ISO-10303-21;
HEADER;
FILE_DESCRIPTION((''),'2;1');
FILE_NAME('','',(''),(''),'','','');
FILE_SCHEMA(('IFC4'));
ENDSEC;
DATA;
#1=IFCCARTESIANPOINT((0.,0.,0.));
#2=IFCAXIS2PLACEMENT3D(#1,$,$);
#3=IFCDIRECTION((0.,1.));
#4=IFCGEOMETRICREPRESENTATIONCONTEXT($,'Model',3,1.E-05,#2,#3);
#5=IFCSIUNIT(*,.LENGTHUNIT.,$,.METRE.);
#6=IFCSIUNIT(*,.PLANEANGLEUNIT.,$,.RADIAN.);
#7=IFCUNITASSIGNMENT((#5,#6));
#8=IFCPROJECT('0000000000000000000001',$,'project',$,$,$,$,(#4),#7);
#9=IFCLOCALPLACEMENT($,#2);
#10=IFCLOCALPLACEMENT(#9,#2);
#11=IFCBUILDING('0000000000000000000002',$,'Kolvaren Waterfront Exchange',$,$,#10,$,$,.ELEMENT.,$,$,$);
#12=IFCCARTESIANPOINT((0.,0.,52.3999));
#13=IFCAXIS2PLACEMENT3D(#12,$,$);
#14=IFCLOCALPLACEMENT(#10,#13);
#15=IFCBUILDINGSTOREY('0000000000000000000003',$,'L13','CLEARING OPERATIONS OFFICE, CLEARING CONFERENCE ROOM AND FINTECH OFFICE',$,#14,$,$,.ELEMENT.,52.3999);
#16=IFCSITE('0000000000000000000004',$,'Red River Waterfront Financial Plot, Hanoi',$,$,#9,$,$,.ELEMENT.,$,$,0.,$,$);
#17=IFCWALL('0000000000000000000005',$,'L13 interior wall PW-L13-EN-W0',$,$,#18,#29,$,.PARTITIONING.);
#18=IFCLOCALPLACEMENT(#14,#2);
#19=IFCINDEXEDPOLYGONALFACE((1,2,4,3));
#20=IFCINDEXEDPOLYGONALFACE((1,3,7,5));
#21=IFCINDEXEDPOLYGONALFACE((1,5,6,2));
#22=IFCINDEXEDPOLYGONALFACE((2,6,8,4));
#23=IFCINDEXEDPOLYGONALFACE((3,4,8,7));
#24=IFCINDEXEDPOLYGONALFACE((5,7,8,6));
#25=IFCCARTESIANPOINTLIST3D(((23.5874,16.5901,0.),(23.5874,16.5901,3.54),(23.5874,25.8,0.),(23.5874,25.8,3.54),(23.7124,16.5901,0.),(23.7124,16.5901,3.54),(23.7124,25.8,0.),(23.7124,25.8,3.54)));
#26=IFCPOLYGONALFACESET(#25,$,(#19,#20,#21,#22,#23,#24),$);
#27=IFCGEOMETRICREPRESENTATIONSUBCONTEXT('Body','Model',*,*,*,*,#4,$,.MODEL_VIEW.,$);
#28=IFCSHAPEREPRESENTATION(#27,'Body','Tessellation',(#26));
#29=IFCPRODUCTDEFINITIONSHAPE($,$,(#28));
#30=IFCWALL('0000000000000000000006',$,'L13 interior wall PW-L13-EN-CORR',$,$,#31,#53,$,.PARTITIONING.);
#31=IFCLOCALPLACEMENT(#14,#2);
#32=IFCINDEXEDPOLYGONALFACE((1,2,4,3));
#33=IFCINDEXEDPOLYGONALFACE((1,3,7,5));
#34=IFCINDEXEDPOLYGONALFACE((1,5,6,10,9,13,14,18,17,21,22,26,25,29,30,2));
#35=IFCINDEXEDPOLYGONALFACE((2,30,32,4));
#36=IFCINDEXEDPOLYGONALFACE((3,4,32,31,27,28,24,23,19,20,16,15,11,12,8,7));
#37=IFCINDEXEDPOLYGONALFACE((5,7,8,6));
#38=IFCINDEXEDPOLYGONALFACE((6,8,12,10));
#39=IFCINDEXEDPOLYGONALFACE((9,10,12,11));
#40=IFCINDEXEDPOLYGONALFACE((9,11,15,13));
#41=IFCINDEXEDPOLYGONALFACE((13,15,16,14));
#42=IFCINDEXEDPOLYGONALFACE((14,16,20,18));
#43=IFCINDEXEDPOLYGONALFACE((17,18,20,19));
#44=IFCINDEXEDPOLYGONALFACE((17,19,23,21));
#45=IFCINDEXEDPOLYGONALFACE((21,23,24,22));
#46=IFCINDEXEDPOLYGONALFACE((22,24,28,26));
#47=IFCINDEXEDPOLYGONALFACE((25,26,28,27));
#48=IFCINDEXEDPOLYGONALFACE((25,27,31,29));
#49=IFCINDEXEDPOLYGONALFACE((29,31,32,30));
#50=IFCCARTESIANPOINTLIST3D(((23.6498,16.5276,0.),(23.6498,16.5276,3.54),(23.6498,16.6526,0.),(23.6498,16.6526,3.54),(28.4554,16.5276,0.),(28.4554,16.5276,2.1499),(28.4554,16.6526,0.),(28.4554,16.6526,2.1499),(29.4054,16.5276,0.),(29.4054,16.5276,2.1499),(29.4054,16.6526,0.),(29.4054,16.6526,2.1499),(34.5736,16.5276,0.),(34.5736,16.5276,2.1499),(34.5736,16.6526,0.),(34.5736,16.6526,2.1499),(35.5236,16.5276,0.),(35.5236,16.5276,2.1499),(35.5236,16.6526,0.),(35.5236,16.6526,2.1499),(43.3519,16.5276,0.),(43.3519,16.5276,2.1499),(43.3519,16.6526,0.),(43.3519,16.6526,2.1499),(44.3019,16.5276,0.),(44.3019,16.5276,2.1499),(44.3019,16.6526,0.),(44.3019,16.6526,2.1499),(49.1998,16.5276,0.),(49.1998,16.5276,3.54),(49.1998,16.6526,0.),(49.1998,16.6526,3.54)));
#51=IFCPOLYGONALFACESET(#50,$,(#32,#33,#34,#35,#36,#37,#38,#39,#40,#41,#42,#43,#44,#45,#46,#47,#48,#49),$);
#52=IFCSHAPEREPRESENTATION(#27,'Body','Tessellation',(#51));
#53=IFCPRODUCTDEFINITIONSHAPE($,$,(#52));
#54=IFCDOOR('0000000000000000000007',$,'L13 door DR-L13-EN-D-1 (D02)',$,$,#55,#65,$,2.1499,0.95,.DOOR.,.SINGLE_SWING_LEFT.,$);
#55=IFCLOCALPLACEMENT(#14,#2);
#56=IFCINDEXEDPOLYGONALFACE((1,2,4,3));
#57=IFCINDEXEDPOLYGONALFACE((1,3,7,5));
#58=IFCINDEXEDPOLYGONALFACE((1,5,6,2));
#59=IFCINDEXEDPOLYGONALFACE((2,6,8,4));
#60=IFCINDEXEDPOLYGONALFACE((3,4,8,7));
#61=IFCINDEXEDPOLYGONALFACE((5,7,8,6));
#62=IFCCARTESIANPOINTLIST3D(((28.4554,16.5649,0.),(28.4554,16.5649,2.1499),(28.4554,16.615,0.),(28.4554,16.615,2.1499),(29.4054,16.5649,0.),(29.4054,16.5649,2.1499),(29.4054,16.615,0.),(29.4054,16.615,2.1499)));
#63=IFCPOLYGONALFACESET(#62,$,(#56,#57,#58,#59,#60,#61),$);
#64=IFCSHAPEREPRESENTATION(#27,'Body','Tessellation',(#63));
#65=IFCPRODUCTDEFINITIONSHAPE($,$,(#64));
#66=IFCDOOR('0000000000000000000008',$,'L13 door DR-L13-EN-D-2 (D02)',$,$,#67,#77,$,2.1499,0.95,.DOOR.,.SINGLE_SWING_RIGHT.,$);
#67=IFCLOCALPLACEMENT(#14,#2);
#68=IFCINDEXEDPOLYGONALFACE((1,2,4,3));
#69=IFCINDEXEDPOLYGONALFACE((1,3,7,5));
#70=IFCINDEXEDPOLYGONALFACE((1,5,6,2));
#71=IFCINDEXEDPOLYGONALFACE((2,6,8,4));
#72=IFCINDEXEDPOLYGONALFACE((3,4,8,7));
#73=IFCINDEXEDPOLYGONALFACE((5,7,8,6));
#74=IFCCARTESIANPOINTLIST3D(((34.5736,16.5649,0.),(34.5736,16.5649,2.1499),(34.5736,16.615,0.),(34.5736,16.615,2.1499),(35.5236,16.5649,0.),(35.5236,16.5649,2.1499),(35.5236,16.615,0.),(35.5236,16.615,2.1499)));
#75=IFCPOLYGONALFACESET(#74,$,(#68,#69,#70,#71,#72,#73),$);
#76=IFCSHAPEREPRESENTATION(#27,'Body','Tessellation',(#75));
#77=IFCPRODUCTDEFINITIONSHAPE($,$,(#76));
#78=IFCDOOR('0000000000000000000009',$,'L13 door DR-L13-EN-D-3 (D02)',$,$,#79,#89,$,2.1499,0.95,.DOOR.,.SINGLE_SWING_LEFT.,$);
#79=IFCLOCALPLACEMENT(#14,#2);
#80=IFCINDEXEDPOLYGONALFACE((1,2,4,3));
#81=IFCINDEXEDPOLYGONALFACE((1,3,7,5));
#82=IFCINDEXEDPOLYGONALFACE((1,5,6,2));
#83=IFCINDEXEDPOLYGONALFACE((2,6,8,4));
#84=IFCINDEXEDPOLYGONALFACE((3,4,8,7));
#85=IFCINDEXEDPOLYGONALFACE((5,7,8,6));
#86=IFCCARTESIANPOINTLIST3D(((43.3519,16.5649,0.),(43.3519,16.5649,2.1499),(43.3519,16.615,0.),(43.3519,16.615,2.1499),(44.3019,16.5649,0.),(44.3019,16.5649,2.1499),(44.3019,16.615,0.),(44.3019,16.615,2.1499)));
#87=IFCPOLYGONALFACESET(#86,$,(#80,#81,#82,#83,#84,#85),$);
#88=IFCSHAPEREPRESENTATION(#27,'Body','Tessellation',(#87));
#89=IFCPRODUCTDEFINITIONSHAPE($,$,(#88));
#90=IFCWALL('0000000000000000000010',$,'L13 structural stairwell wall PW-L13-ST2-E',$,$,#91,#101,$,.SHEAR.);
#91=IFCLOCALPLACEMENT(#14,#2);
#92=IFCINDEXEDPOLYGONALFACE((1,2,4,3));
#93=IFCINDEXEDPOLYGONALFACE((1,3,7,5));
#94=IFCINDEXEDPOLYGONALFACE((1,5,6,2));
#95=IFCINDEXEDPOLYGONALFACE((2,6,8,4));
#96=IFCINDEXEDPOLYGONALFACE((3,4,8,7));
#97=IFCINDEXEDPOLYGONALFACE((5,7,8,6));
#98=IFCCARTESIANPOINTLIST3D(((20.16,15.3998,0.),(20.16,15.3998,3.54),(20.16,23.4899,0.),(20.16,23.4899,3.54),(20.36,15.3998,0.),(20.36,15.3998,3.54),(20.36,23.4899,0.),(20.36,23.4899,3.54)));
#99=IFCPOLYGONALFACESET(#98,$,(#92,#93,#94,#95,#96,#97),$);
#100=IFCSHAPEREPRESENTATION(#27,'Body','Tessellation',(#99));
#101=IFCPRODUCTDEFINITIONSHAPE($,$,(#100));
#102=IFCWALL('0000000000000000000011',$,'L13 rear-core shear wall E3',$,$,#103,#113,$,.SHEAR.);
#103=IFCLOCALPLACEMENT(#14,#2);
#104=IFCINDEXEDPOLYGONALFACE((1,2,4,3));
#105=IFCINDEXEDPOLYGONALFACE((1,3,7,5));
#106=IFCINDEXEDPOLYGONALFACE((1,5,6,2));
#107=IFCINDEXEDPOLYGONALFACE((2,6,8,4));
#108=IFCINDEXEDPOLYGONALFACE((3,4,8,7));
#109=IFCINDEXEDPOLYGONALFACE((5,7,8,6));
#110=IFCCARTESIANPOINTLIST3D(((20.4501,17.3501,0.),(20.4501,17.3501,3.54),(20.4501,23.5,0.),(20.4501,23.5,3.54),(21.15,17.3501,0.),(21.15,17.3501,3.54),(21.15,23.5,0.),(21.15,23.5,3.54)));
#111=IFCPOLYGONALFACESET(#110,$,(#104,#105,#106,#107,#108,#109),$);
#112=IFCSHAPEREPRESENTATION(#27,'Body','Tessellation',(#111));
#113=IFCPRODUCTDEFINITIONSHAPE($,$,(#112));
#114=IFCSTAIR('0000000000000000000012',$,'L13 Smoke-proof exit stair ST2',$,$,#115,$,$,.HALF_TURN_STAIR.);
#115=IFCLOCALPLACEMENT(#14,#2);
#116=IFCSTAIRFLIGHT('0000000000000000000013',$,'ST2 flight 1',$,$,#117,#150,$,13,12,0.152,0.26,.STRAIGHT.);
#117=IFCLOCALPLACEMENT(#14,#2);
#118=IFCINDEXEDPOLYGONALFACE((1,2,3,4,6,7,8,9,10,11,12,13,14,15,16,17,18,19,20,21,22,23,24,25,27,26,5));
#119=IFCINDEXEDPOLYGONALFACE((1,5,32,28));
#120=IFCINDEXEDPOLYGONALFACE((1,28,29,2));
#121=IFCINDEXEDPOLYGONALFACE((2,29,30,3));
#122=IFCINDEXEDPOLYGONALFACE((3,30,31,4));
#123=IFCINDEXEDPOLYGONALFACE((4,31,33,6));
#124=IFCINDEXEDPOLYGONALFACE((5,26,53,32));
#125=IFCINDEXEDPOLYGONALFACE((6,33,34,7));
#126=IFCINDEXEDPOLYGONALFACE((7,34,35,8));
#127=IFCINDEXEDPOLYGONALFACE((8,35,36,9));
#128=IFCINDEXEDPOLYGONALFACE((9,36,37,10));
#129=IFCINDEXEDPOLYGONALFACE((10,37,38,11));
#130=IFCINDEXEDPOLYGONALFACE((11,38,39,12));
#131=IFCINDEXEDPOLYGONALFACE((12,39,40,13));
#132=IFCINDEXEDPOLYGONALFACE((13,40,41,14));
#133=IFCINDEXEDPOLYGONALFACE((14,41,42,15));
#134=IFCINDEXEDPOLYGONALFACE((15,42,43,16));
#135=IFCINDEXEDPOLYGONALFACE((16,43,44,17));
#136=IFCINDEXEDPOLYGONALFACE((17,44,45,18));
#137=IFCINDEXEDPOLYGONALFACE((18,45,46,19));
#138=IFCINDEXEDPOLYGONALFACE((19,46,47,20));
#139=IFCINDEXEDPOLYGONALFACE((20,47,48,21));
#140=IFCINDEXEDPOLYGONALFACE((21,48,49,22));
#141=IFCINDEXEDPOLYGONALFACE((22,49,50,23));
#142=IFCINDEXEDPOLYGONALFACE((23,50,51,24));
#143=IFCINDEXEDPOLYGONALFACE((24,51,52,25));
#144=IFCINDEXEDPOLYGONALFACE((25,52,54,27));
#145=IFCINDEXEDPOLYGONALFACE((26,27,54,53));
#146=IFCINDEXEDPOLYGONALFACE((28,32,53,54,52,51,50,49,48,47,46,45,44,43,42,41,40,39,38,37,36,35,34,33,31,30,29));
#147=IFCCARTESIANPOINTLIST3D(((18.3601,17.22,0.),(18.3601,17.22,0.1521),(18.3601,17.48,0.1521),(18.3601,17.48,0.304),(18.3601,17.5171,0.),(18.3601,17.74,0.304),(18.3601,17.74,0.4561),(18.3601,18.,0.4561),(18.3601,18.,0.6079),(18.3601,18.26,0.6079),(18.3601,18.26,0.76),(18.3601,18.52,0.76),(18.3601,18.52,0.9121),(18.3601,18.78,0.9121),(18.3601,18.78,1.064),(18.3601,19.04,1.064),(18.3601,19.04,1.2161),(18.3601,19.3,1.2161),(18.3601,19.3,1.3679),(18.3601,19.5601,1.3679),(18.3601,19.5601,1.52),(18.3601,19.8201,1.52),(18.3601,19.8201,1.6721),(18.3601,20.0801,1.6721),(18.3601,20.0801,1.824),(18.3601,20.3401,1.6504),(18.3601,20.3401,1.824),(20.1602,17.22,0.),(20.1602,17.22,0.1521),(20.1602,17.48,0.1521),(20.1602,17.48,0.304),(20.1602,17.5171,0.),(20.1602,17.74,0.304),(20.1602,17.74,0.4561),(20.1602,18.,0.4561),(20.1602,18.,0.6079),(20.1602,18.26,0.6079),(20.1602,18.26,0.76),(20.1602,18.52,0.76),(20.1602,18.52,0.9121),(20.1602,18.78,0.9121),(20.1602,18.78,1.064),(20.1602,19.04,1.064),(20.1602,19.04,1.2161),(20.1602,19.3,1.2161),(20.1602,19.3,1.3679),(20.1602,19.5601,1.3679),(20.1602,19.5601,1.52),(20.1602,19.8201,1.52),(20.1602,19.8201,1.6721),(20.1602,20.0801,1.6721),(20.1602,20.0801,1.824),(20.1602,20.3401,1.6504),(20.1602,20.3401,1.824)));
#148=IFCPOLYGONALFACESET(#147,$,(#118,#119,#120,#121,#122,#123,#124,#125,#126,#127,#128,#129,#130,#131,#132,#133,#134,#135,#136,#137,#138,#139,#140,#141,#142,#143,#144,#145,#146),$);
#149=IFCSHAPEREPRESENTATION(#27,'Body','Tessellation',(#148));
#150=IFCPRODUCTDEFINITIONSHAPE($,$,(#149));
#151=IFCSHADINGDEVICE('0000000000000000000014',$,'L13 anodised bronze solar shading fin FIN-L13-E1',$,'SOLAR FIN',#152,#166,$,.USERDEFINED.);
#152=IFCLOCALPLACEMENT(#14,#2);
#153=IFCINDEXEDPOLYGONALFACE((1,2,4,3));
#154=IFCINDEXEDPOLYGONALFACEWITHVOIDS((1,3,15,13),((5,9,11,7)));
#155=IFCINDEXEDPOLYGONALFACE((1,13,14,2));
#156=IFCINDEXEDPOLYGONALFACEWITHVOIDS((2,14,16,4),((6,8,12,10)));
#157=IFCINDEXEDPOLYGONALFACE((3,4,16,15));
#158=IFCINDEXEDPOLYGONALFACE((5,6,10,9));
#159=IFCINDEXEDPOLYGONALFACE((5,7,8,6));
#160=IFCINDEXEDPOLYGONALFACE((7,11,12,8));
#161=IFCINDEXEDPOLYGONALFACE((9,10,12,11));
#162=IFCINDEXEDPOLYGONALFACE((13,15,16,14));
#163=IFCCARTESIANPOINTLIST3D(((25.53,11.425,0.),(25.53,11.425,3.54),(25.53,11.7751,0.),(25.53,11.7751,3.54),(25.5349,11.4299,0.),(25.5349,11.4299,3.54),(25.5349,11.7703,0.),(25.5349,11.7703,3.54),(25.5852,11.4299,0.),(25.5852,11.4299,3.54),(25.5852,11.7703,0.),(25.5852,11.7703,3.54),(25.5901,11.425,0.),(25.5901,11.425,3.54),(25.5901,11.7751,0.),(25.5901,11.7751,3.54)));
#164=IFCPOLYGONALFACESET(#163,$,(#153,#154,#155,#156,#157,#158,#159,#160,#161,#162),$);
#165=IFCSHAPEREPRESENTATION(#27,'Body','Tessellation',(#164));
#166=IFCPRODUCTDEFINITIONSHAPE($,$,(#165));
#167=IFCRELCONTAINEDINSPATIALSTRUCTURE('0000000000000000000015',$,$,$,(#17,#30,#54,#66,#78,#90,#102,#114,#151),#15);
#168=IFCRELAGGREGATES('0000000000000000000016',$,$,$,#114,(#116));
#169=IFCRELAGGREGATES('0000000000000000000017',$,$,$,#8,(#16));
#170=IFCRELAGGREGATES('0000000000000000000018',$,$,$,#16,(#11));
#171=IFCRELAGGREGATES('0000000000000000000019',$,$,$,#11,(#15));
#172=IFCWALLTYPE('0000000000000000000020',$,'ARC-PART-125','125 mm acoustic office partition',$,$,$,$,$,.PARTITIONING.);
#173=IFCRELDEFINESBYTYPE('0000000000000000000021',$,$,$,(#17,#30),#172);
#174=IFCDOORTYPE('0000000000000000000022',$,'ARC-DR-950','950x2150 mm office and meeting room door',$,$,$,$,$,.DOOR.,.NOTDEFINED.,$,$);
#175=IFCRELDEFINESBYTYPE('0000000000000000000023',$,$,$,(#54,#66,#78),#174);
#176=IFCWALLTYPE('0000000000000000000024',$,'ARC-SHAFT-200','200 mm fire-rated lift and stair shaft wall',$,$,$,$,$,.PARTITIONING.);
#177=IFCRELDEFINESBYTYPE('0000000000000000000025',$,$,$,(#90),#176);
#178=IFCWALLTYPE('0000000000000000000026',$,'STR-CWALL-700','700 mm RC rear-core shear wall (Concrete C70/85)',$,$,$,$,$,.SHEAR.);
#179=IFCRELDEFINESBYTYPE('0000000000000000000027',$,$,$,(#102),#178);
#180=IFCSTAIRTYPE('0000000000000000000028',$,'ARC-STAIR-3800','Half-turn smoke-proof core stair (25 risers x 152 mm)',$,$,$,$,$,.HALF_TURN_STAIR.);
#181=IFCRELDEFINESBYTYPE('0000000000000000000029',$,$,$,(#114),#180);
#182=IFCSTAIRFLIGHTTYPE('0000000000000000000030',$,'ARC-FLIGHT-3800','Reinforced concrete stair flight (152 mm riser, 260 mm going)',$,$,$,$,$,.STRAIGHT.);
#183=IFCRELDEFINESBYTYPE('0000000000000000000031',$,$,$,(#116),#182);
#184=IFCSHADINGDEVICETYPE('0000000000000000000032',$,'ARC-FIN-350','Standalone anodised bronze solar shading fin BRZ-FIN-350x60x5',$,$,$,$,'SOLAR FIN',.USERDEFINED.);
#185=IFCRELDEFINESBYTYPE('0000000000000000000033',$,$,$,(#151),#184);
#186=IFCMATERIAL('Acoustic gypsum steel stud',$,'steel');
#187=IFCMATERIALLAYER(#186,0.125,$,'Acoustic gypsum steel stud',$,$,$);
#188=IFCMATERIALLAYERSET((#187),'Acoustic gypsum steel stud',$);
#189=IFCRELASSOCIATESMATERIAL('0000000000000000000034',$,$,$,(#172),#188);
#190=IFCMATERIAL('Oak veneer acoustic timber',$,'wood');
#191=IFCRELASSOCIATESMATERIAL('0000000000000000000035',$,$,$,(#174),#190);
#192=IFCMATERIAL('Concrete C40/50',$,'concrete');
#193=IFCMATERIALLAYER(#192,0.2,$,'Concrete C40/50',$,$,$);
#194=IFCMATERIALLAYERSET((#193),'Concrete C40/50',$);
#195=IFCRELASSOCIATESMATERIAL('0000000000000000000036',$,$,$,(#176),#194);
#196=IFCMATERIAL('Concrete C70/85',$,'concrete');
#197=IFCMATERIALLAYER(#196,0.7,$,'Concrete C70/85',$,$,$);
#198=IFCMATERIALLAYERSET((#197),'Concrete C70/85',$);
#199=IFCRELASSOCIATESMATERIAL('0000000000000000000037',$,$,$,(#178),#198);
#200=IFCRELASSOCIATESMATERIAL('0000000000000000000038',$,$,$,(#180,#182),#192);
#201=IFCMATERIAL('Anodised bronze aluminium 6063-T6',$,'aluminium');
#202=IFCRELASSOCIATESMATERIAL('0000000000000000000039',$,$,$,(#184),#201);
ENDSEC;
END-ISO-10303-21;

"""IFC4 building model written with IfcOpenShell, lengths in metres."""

from ifc_helpers import new_model, si_unit, direction, frame, frame_2d, origin, origin_2d, place, context, subcontext, project, spatial, polyline, rectangle, hollow_rectangle, outline, extrude, material, layer, layer_set, material_profile, profile_set, type_object, element, fill, aggregate, save


model = new_model("IFC4")

# Units and contexts
model_context = context("Model", 3, precision=1e-05, world=origin(), true_north=direction((0.0, 1.0)))
body_context = subcontext(model_context, "Body", "Model", "MODEL_VIEW")
ifc_project = project(units=[si_unit("LENGTHUNIT", "METRE"), si_unit("PLANEANGLEUNIT", "RADIAN")], contexts=[model_context])

# Site, building, storey
site_placement = place(None, origin())
site = spatial("IfcSite", under=ifc_project, at=site_placement, Name="Red River Waterfront Financial Plot, Hanoi", CompositionType="ELEMENT", RefElevation=0.0)
building_placement = place(site_placement, origin())
building = spatial("IfcBuilding", under=site, at=building_placement, Name="Kolvaren Waterfront Exchange", CompositionType="ELEMENT")
storey_placement = place(building_placement, frame((0.0, 0.0, 52.3999)))
storey = spatial("IfcBuildingStorey", under=building, at=storey_placement, Name="L13", Description="CLEARING OPERATIONS OFFICE, CLEARING CONFERENCE ROOM AND FINTECH OFFICE", CompositionType="ELEMENT", Elevation=52.3999)

# Shared definitions
ifc_material_1 = material(Name="Concrete C70/85", Category="concrete")

# Shared definitions
ifc_material_2 = material(Name="Anodised bronze aluminium 6063-T6", Category="aluminium")

# Shared definitions
ifc_material_3 = material(Name="Acoustic gypsum steel stud", Category="steel")
ifc_layer_1 = layer(ifc_material_3, 0.125, Name="Acoustic gypsum steel stud")
ifc_layer_set_1 = layer_set([ifc_layer_1], Name="Acoustic gypsum steel stud")
wall_type_1 = type_object("IfcWallType", Name="ARC-PART-125", Description="125 mm acoustic office partition", PredefinedType="PARTITIONING", material=ifc_layer_set_1)
ifc_material_4 = material(Name="Oak veneer acoustic timber", Category="wood")
door_type = type_object("IfcDoorType", Name="ARC-DR-950", Description="950x2150 mm office and meeting room door", OperationType="NOTDEFINED", PredefinedType="DOOR", material=ifc_material_4)

# Wall
wall_1_placement = place(storey_placement, frame((23.6499, 16.5901, 0.0), z_axis=(0.0, 0.0, 1.0), x_axis=(0.0, 1.0, 0.0)))
element("IfcWall", 1, at=wall_1_placement, inside=storey, type_object=wall_type_1, Name="L13 interior wall PW-L13-EN-W0", PredefinedType="PARTITIONING", context=body_context, shape_type="SweptSolid", body=[
    extrude(rectangle(XDim=9.21, YDim=0.125, at=frame_2d((4.605, 0.0))), origin(), (0.0, 0.0, 1.0), 3.54),
])

# Wall, openings, doors
wall_2_placement = place(storey_placement, frame((23.6499, 16.5901, 0.0), z_axis=(0.0, 0.0, 1.0), x_axis=(1.0, 0.0, 0.0)))
wall_2 = element("IfcWall", 2, at=wall_2_placement, inside=storey, type_object=wall_type_1, Name="L13 interior wall PW-L13-EN-CORR", PredefinedType="PARTITIONING", context=body_context, shape_type="SweptSolid", body=[
    extrude(rectangle(XDim=25.55, YDim=0.125, at=frame_2d((12.7749, 0.0))), origin(), (0.0, 0.0, 1.0), 3.54),
])
opening_1_placement = place(wall_2_placement, frame((4.8054, 0.0, 0.0)))
opening_1 = element("IfcOpeningElement", 3, at=opening_1_placement, cuts=wall_2, PredefinedType="OPENING", context=body_context, shape_type="SweptSolid", body=[
    extrude(rectangle(XDim=0.95, YDim=2.1499, at=frame_2d((0.4751, 1.075))), frame((0.0, 0.0725, 0.0), z_axis=(0.0, -1.0, 0.0), x_axis=(1.0, 0.0, 0.0)), (0.0, 0.0, 1.0), 0.145),
])
opening_2_placement = place(wall_2_placement, frame((10.9236, 0.0, 0.0)))
opening_2 = element("IfcOpeningElement", 4, at=opening_2_placement, cuts=wall_2, PredefinedType="OPENING", context=body_context, shape_type="SweptSolid", body=[
    extrude(rectangle(XDim=0.95, YDim=2.1499, at=frame_2d((0.4751, 1.075))), frame((0.0, 0.0725, 0.0), z_axis=(0.0, -1.0, 0.0), x_axis=(1.0, 0.0, 0.0)), (0.0, 0.0, 1.0), 0.145),
])
opening_3_placement = place(wall_2_placement, frame((19.7019, 0.0, 0.0)))
opening_3 = element("IfcOpeningElement", 5, at=opening_3_placement, cuts=wall_2, PredefinedType="OPENING", context=body_context, shape_type="SweptSolid", body=[
    extrude(rectangle(XDim=0.95, YDim=2.1499, at=frame_2d((0.4751, 1.075))), frame((0.0, 0.0725, 0.0), z_axis=(0.0, -1.0, 0.0), x_axis=(1.0, 0.0, 0.0)), (0.0, 0.0, 1.0), 0.145),
])
door_1_placement = place(opening_1_placement, origin())
door_1 = element("IfcDoor", 6, at=door_1_placement, inside=storey, type_object=door_type, Name="L13 door DR-L13-EN-D-1 (D02)", OperationType="SINGLE_SWING_LEFT", OverallHeight=2.1499, OverallWidth=0.95, PredefinedType="DOOR", context=body_context, shape_type="SweptSolid", body=[
    extrude(rectangle(XDim=0.95, YDim=2.1499, at=frame_2d((0.4751, 1.075))), frame((0.0, 0.0249, 0.0), z_axis=(0.0, -1.0, 0.0), x_axis=(1.0, 0.0, 0.0)), (0.0, 0.0, 1.0), 0.05),
])
fill(opening_1, door_1)
door_2_placement = place(opening_2_placement, origin())
door_2 = element("IfcDoor", 7, at=door_2_placement, inside=storey, type_object=door_type, Name="L13 door DR-L13-EN-D-2 (D02)", OperationType="SINGLE_SWING_RIGHT", OverallHeight=2.1499, OverallWidth=0.95, PredefinedType="DOOR", context=body_context, shape_type="SweptSolid", body=[
    extrude(rectangle(XDim=0.95, YDim=2.1499, at=frame_2d((0.4751, 1.075))), frame((0.0, 0.0249, 0.0), z_axis=(0.0, -1.0, 0.0), x_axis=(1.0, 0.0, 0.0)), (0.0, 0.0, 1.0), 0.05),
])
fill(opening_2, door_2)
door_3_placement = place(opening_3_placement, origin())
door_3 = element("IfcDoor", 8, at=door_3_placement, inside=storey, type_object=door_type, Name="L13 door DR-L13-EN-D-3 (D02)", OperationType="SINGLE_SWING_LEFT", OverallHeight=2.1499, OverallWidth=0.95, PredefinedType="DOOR", context=body_context, shape_type="SweptSolid", body=[
    extrude(rectangle(XDim=0.95, YDim=2.1499, at=frame_2d((0.4751, 1.075))), frame((0.0, 0.0249, 0.0), z_axis=(0.0, -1.0, 0.0), x_axis=(1.0, 0.0, 0.0)), (0.0, 0.0, 1.0), 0.05),
])
fill(opening_3, door_3)

# Walls
ifc_material_5 = material(Name="Concrete C40/50", Category="concrete")
ifc_layer_2 = layer(ifc_material_5, 0.2, Name="Concrete C40/50")
ifc_layer_set_2 = layer_set([ifc_layer_2], Name="Concrete C40/50")
wall_type_2 = type_object("IfcWallType", Name="ARC-SHAFT-200", Description="200 mm fire-rated lift and stair shaft wall", PredefinedType="PARTITIONING", material=ifc_layer_set_2)
wall_3_placement = place(storey_placement, frame((20.26, 15.3999, 0.0), z_axis=(0.0, 0.0, 1.0), x_axis=(0.0, 1.0, 0.0)))
element("IfcWall", 9, at=wall_3_placement, inside=storey, type_object=wall_type_2, Name="L13 structural stairwell wall PW-L13-ST2-E", PredefinedType="SHEAR", context=body_context, shape_type="SweptSolid", body=[
    extrude(rectangle(XDim=8.0901, YDim=0.2, at=frame_2d((4.0449, 0.0))), origin(), (0.0, 0.0, 1.0), 3.54),
])
ifc_layer_3 = layer(ifc_material_1, 0.7, Name="Concrete C70/85")
ifc_layer_set_3 = layer_set([ifc_layer_3], Name="Concrete C70/85")
wall_type_3 = type_object("IfcWallType", Name="STR-CWALL-700", Description="700 mm RC rear-core shear wall (Concrete C70/85)", PredefinedType="SHEAR", material=ifc_layer_set_3)
wall_4_placement = place(storey_placement, frame((20.8, 17.3501, 0.0), z_axis=(0.0, 0.0, 1.0), x_axis=(0.0, 1.0, 0.0)))
element("IfcWall", 10, at=wall_4_placement, inside=storey, type_object=wall_type_3, Name="L13 rear-core shear wall E3", PredefinedType="SHEAR", context=body_context, shape_type="SweptSolid", body=[
    extrude(rectangle(XDim=6.1499, YDim=0.7, at=frame_2d((3.075, 0.0))), origin(), (0.0, 0.0, 1.0), 3.54),
])

# Stair, stair flight
stair_type = type_object("IfcStairType", Name="ARC-STAIR-3800", Description="Half-turn smoke-proof core stair (25 risers x 152 mm)", PredefinedType="HALF_TURN_STAIR", material=ifc_material_5)
stair_placement = place(storey_placement, origin())
stair = element("IfcStair", 11, at=stair_placement, inside=storey, type_object=stair_type, Name="L13 Smoke-proof exit stair ST2", PredefinedType="HALF_TURN_STAIR")
stair_flight_type = type_object("IfcStairFlightType", Name="ARC-FLIGHT-3800", Description="Reinforced concrete stair flight (152 mm riser, 260 mm going)", PredefinedType="STRAIGHT", material=ifc_material_5)
stair_flight_placement = place(storey_placement, frame((19.26, 17.22, 0.0), z_axis=(0.0, 0.0, 1.0), x_axis=(0.0, 1.0, 0.0)))
stair_flight = element("IfcStairFlight", 12, at=stair_flight_placement, type_object=stair_flight_type, Name="ST2 flight 1", NumberOfRisers=13, NumberOfTreads=12, PredefinedType="STRAIGHT", RiserHeight=0.152, TreadLength=0.26, context=body_context, shape_type="SweptSolid", body=[
    extrude(outline(polyline([(0.0, 0.0), (0.0, 0.1521), (0.26, 0.1521), (0.26, 0.304), (0.52, 0.304), (0.52, 0.4561), (0.78, 0.4561), (0.78, 0.6079), (1.04, 0.6079), (1.04, 0.76), (1.3, 0.76), (1.3, 0.9121), (1.5601, 0.9121), (1.5601, 1.064), (1.8201, 1.064), (1.8201, 1.2161), (2.0801, 1.2161), (2.0801, 1.3679), (2.3401, 1.3679), (2.3401, 1.52), (2.6001, 1.52), (2.6001, 1.6721), (2.8601, 1.6721), (2.8601, 1.824), (3.1201, 1.824), (3.1201, 1.9761), (3.1201, 1.6504), (0.2971, 0.0), (0.0, 0.0)])), frame((0.0, 0.8999, 0.0), z_axis=(0.0, -1.0, 0.0), x_axis=(1.0, 0.0, 0.0)), (0.0, 0.0, 1.0), 1.8),
])
aggregate(stair, [stair_flight])

# Shading device
ifc_material_profile_1 = material_profile(ifc_material_2, hollow_rectangle(XDim=0.0601, YDim=0.3501, WallThickness=0.0049, at=origin_2d()), Name="BRZ-FIN-350x60x5")
ifc_profile_set_1 = profile_set([ifc_material_profile_1], Name="Anodised bronze aluminium 6063-T6")
shading_device_type = type_object("IfcShadingDeviceType", Name="ARC-FIN-350", Description="Standalone anodised bronze solar shading fin BRZ-FIN-350x60x5", ElementType="SOLAR FIN", PredefinedType="USERDEFINED", material=ifc_profile_set_1)
for number, where, z_axis, x_axis, name in (
    (13, (25.5601, 11.6001, 0.0), (0.0, 0.0, 1.0), (1.0, 0.0, 0.0), "L13 anodised bronze solar shading fin FIN-L13-E1"),
):
    element("IfcShadingDevice", number, at=place(storey_placement, frame(where, z_axis=z_axis, x_axis=x_axis)), inside=storey, type_object=shading_device_type, Name=name, ObjectType="SOLAR FIN", PredefinedType="USERDEFINED", context=body_context, shape_type="SweptSolid", body=[
        extrude(hollow_rectangle(XDim=0.0601, YDim=0.3501, WallThickness=0.0049, at=origin_2d()), origin(), (0.0, 0.0, 1.0), 3.54),
    ])

save(model, "model.ifc")
